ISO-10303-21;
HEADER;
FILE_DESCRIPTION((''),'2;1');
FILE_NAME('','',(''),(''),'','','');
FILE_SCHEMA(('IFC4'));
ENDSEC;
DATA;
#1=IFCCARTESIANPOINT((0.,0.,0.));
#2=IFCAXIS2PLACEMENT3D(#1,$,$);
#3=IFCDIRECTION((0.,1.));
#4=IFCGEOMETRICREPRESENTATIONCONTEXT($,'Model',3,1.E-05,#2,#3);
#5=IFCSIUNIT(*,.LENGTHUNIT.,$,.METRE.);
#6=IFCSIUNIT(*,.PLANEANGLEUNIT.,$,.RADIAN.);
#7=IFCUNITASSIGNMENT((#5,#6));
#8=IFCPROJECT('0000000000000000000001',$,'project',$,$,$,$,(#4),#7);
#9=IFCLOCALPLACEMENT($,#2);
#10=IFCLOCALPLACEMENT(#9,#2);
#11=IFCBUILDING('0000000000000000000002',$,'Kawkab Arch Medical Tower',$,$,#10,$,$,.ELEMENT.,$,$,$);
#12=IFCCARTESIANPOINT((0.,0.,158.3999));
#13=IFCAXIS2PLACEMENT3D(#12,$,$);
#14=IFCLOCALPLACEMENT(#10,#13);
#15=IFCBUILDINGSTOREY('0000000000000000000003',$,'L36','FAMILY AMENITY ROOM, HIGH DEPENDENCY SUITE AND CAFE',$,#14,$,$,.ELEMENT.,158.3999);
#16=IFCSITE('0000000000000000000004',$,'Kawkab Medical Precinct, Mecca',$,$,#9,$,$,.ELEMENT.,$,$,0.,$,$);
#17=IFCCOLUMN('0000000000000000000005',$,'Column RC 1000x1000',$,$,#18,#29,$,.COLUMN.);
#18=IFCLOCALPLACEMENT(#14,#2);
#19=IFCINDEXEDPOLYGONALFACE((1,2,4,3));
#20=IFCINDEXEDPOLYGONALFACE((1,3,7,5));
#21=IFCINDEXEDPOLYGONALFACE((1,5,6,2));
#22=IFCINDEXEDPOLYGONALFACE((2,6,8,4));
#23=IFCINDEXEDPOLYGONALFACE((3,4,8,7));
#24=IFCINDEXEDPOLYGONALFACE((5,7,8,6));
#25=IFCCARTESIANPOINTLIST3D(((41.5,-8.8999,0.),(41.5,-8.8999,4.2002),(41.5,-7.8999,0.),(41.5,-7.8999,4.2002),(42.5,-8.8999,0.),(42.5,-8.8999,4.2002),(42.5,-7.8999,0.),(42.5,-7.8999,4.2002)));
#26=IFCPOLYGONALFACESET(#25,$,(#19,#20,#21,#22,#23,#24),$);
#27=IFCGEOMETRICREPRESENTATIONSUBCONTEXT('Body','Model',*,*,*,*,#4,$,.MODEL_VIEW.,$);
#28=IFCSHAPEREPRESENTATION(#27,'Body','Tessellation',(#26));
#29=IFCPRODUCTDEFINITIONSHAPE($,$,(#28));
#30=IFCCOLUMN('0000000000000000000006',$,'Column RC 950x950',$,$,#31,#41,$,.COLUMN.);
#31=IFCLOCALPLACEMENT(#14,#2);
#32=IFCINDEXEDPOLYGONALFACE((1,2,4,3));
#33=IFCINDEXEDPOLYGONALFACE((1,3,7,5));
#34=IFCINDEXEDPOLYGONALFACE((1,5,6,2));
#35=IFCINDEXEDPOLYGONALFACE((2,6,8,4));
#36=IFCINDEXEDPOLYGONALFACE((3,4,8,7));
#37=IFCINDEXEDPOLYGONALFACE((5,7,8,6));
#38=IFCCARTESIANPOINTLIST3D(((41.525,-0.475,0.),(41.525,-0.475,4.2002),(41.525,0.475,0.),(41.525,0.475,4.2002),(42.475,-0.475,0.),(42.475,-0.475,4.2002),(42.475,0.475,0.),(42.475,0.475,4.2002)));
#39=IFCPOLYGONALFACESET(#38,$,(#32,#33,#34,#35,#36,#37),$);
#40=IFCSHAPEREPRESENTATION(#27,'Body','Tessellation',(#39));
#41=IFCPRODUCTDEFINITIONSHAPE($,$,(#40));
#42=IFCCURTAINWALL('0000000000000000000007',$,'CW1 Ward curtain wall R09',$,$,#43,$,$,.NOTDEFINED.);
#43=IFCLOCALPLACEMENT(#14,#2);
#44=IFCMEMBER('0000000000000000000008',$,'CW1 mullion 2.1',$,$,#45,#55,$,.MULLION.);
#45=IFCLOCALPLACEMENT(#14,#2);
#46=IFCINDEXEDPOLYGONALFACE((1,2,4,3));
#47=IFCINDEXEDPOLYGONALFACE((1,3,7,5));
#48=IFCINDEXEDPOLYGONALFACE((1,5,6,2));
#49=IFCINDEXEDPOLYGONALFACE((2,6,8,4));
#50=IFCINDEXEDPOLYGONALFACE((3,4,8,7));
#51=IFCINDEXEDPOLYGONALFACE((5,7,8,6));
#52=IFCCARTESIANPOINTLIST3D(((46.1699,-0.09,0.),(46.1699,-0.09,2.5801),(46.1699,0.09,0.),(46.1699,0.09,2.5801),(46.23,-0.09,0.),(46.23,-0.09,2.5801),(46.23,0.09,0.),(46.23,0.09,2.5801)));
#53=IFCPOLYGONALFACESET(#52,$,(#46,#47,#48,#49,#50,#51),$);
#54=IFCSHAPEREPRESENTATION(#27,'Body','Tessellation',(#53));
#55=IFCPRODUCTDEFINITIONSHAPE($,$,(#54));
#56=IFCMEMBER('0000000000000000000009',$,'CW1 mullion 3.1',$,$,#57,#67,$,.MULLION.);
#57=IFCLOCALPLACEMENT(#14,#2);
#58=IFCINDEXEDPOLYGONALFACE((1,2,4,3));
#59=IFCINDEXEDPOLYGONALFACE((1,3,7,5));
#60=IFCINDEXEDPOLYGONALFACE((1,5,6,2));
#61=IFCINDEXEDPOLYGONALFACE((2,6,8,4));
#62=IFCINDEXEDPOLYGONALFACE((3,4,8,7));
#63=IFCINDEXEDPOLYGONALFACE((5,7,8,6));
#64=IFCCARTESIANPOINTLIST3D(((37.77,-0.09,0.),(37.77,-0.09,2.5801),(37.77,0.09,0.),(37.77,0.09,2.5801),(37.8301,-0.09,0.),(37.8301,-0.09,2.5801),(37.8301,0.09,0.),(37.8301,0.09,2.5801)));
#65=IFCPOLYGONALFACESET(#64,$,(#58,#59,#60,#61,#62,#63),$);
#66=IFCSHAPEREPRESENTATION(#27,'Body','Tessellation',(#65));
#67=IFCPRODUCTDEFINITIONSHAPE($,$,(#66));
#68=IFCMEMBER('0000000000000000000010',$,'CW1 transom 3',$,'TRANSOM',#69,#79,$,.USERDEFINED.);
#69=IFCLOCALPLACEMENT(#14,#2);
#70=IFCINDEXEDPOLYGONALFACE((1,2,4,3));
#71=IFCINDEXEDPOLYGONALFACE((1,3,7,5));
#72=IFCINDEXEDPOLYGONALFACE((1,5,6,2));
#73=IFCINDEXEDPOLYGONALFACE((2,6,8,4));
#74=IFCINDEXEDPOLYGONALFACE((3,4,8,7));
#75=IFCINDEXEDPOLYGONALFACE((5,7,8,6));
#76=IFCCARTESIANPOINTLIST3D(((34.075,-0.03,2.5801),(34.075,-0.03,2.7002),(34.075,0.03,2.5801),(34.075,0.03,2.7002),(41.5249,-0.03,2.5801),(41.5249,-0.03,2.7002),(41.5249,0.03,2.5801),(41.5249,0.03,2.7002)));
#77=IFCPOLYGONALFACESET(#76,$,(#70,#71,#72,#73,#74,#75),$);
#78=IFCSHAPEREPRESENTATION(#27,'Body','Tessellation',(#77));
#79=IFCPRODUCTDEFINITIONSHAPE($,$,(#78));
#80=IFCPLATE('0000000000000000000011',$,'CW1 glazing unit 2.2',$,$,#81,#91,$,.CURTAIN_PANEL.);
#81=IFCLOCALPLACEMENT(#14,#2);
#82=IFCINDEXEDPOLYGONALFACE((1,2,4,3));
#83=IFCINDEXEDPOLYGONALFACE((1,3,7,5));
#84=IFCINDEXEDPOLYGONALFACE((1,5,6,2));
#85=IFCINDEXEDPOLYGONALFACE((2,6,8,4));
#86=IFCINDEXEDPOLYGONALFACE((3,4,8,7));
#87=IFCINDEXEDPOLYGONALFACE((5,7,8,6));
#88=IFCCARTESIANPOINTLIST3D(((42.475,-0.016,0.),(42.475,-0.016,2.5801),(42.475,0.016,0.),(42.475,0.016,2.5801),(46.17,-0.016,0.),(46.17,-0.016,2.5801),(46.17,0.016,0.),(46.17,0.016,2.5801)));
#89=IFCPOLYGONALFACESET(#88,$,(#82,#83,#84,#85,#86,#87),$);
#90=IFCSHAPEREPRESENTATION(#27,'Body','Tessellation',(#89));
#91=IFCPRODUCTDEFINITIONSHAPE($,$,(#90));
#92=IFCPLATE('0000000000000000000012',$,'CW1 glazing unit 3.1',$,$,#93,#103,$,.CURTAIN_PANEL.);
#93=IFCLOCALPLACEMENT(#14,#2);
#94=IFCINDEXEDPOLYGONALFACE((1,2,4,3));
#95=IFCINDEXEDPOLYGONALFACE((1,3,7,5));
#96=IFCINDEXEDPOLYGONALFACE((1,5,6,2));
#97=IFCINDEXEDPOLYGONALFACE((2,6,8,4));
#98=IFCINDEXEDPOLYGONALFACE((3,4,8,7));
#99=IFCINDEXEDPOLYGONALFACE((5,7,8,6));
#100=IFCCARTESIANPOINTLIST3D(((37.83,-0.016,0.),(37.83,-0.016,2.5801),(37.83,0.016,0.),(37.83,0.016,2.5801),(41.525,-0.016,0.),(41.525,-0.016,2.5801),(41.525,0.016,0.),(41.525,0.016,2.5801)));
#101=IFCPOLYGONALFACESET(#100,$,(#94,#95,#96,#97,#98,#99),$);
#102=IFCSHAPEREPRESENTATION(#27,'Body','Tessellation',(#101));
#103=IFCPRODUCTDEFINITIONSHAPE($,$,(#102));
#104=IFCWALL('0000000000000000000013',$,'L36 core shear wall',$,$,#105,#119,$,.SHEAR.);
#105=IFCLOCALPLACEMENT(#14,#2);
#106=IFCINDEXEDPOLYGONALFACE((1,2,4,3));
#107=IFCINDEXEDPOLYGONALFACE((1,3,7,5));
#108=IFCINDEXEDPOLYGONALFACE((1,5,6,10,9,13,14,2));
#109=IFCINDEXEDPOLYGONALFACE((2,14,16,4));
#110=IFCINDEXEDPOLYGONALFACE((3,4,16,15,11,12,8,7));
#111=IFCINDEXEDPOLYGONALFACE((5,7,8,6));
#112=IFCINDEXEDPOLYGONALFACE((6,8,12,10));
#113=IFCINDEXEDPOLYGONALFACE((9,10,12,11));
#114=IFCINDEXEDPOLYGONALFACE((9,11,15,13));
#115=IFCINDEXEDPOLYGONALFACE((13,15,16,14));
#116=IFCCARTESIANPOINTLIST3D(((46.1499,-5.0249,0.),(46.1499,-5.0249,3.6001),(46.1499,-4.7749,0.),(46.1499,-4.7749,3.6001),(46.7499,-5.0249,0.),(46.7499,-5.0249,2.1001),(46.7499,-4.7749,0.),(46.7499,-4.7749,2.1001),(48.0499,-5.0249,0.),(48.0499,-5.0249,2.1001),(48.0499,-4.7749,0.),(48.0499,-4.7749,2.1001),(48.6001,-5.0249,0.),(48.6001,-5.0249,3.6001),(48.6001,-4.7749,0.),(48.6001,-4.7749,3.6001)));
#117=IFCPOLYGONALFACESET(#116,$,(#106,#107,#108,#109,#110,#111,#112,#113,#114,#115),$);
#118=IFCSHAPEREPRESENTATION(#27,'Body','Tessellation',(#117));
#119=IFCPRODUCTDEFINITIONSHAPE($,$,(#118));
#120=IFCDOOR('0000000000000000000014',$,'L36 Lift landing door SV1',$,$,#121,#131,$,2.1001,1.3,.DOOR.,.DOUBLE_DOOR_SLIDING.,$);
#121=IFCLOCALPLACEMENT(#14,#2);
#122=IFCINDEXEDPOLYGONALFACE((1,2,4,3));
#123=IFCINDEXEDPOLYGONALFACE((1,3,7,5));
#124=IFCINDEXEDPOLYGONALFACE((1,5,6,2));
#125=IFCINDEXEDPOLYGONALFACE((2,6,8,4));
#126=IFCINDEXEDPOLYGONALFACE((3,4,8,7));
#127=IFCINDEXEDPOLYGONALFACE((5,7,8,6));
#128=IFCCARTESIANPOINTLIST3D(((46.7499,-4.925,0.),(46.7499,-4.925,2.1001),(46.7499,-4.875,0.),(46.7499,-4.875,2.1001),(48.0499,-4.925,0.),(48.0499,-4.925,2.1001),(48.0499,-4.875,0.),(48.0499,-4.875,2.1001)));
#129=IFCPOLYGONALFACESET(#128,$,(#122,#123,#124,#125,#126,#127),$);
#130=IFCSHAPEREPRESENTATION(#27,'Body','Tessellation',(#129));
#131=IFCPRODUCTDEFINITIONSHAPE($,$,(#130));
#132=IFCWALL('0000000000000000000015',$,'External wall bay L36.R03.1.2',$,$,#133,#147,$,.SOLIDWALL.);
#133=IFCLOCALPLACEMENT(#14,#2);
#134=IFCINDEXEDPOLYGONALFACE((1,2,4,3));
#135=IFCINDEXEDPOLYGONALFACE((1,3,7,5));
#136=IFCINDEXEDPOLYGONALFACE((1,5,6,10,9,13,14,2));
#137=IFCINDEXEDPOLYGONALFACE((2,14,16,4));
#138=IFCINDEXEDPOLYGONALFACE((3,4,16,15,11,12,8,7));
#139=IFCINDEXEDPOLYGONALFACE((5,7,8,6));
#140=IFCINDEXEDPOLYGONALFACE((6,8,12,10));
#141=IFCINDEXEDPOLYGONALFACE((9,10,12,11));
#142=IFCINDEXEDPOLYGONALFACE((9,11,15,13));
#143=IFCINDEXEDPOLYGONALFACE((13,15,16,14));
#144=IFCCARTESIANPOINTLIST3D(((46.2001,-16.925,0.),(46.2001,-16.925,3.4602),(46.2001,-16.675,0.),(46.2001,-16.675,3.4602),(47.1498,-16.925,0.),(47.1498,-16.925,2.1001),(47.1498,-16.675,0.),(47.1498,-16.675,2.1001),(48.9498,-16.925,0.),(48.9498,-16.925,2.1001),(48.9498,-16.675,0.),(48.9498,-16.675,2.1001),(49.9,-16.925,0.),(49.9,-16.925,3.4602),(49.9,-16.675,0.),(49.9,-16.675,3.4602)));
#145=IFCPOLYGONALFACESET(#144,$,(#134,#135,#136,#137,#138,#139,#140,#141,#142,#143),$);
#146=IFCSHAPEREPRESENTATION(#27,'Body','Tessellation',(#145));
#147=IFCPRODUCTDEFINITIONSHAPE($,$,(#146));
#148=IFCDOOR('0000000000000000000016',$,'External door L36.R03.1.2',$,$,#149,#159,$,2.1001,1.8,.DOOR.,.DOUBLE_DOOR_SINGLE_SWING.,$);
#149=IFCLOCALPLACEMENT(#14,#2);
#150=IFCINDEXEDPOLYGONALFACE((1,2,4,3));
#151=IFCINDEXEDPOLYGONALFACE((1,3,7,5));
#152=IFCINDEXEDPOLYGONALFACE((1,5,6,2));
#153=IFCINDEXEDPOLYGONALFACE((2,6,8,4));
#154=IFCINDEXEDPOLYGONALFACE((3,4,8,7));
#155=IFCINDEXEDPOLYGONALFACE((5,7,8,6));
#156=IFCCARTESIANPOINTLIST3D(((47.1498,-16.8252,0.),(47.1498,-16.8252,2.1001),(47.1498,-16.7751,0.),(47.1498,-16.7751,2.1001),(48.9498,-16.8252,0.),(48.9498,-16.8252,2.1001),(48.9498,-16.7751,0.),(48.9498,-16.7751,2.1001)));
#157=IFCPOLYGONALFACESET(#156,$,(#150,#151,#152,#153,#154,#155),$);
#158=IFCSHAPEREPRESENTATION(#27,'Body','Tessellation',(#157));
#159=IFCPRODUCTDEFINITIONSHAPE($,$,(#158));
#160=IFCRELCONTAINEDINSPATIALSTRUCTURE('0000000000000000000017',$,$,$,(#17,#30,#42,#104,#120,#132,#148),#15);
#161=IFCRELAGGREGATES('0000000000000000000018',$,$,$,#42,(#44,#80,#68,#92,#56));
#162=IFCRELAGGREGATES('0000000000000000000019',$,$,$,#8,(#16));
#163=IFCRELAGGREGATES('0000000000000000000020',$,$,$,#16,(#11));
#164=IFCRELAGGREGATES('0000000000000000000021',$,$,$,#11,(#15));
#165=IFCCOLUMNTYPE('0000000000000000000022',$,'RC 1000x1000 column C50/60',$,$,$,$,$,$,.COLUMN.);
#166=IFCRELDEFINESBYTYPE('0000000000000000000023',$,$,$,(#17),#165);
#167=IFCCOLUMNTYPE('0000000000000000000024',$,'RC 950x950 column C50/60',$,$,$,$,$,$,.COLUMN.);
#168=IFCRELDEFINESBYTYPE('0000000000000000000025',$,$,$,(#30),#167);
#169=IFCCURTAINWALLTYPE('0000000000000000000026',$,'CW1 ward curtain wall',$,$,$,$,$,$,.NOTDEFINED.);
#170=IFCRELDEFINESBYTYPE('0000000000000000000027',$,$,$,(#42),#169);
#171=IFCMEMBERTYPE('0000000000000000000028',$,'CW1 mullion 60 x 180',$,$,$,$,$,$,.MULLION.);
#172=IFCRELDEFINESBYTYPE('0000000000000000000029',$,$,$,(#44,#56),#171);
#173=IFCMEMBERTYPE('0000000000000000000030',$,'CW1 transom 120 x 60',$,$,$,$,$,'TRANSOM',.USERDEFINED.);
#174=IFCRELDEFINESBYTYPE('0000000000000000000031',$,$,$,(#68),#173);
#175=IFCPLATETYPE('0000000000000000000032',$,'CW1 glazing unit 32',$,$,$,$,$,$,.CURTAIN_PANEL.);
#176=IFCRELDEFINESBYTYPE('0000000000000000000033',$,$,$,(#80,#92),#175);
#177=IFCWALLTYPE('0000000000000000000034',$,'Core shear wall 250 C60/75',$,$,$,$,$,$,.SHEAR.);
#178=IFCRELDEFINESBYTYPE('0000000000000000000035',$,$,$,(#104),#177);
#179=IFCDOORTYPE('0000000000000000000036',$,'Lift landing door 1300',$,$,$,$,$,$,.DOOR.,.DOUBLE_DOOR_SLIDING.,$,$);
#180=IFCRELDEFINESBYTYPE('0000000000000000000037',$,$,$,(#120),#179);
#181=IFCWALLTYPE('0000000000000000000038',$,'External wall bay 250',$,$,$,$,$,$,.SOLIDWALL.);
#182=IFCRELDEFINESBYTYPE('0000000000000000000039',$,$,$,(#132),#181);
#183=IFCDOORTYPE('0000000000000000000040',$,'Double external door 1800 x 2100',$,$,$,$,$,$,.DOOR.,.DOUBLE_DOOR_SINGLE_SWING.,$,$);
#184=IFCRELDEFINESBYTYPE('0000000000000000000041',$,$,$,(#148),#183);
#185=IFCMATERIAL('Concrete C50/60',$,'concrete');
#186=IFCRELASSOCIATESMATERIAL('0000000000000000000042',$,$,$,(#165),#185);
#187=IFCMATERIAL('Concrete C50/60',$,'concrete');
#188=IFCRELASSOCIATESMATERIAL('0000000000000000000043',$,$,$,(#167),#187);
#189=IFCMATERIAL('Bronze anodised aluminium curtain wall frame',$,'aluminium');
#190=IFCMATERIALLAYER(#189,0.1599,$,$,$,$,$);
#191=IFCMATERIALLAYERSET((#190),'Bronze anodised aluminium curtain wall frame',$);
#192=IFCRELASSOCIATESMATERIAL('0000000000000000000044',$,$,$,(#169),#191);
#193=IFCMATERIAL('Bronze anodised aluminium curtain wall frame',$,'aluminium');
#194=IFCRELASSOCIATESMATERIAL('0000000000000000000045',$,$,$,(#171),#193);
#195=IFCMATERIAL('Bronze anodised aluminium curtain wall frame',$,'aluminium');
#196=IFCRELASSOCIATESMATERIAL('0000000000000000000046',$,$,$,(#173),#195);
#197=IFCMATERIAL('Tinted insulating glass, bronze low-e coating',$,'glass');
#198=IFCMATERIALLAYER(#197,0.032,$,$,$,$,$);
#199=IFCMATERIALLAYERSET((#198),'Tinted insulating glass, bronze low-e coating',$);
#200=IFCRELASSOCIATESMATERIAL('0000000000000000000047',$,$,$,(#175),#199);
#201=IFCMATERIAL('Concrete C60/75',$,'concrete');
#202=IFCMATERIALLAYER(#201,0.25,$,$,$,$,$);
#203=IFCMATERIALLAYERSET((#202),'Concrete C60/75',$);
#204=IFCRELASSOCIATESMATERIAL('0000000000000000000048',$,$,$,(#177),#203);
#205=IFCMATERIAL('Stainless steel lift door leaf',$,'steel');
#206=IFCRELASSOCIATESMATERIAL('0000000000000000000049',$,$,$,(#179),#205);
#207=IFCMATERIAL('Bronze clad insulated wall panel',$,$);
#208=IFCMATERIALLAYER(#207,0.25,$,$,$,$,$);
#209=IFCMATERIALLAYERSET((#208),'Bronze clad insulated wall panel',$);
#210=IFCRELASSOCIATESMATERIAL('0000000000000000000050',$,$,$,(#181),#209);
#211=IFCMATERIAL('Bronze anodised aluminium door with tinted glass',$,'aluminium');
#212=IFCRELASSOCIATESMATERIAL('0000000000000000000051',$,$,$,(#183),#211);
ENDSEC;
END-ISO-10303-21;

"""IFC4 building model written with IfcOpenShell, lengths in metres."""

from ifc_helpers import new_model, si_unit, direction, frame, frame_2d, origin, origin_2d, place, context, subcontext, project, spatial, rectangle, extrude, material, layer, layer_set, material_profile, profile_set, type_object, element, fill, aggregate, save


model = new_model("IFC4")

# Units and contexts
model_context = context("Model", 3, precision=1e-05, world=origin(), true_north=direction((0.0, 1.0)))
body_context = subcontext(model_context, "Body", "Model", "MODEL_VIEW")
ifc_project = project(units=[si_unit("LENGTHUNIT", "METRE"), si_unit("PLANEANGLEUNIT", "RADIAN")], contexts=[model_context])

# Site, building, storey
site_placement = place(None, origin())
site = spatial("IfcSite", under=ifc_project, at=site_placement, Name="Kawkab Medical Precinct, Mecca", CompositionType="ELEMENT", RefElevation=0.0)
building_placement = place(site_placement, origin())
building = spatial("IfcBuilding", under=site, at=building_placement, Name="Kawkab Arch Medical Tower", CompositionType="ELEMENT")
storey_placement = place(building_placement, frame((0.0, 0.0, 158.3999)))
storey = spatial("IfcBuildingStorey", under=building, at=storey_placement, Name="L36", Description="FAMILY AMENITY ROOM, HIGH DEPENDENCY SUITE AND CAFE", CompositionType="ELEMENT", Elevation=158.3999)

# Columns
ifc_material_1 = material(Name="Concrete C50/60", Category="concrete")
ifc_material_profile_1 = material_profile(ifc_material_1, rectangle(XDim=1.0, YDim=1.0, at=origin_2d()), Name="RC 1000x1000")
ifc_profile_set_1 = profile_set([ifc_material_profile_1], Name="Concrete C50/60")
column_type_1 = type_object("IfcColumnType", Name="RC 1000x1000 column C50/60", PredefinedType="COLUMN", material=ifc_profile_set_1)
column_1_placement = place(storey_placement, frame((42.0, -8.3999, 0.0), z_axis=(0.0, 0.0, 1.0), x_axis=(1.0, 0.0, 0.0)))
element("IfcColumn", 1, at=column_1_placement, inside=storey, type_object=column_type_1, Name="Column RC 1000x1000", PredefinedType="COLUMN", context=body_context, shape_type="SweptSolid", body=[
    extrude(rectangle(XDim=1.0, YDim=1.0, at=origin_2d()), origin(), (0.0, 0.0, 1.0), 4.2002),
])
ifc_material_2 = material(Name="Concrete C50/60", Category="concrete")
ifc_material_profile_2 = material_profile(ifc_material_2, rectangle(XDim=0.95, YDim=0.95, at=origin_2d()), Name="RC 950x950")
ifc_profile_set_2 = profile_set([ifc_material_profile_2], Name="Concrete C50/60")
column_type_2 = type_object("IfcColumnType", Name="RC 950x950 column C50/60", PredefinedType="COLUMN", material=ifc_profile_set_2)
column_2_placement = place(storey_placement, frame((42.0, 0.0, 0.0), z_axis=(0.0, 0.0, 1.0), x_axis=(1.0, 0.0, 0.0)))
element("IfcColumn", 2, at=column_2_placement, inside=storey, type_object=column_type_2, Name="Column RC 950x950", PredefinedType="COLUMN", context=body_context, shape_type="SweptSolid", body=[
    extrude(rectangle(XDim=0.95, YDim=0.95, at=origin_2d()), origin(), (0.0, 0.0, 1.0), 4.2002),
])

# Curtain wall, members, plates
ifc_material_3 = material(Name="Bronze anodised aluminium curtain wall frame", Category="aluminium")
ifc_layer_1 = layer(ifc_material_3, 0.1599)
ifc_layer_set_1 = layer_set([ifc_layer_1], Name="Bronze anodised aluminium curtain wall frame")
curtain_wall_type = type_object("IfcCurtainWallType", Name="CW1 ward curtain wall", PredefinedType="NOTDEFINED", material=ifc_layer_set_1)
placement = place(storey_placement, origin())
curtain_wall = element("IfcCurtainWall", 3, at=placement, inside=storey, type_object=curtain_wall_type, Name="CW1 Ward curtain wall R09", PredefinedType="NOTDEFINED")
ifc_material_4 = material(Name="Bronze anodised aluminium curtain wall frame", Category="aluminium")
ifc_material_profile_3 = material_profile(ifc_material_4, rectangle(XDim=0.1799, YDim=0.0601, at=origin_2d()), Name="AL 60x180")
ifc_profile_set_3 = profile_set([ifc_material_profile_3], Name="Bronze anodised aluminium curtain wall frame")
member_type_1 = type_object("IfcMemberType", Name="CW1 mullion 60 x 180", PredefinedType="MULLION", material=ifc_profile_set_3)
member_1_placement = place(storey_placement, frame((46.2, 0.0, 0.0), z_axis=(0.0, 0.0, 1.0), x_axis=(0.0, -1.0, 0.0)))
member_1 = element("IfcMember", 4, at=member_1_placement, type_object=member_type_1, Name="CW1 mullion 2.1", PredefinedType="MULLION", context=body_context, shape_type="SweptSolid", body=[
    extrude(rectangle(XDim=0.1799, YDim=0.0601, at=origin_2d()), origin(), (0.0, 0.0, 1.0), 2.5801),
])
member_2_placement = place(storey_placement, frame((37.8, 0.0, 0.0), z_axis=(0.0, 0.0, 1.0), x_axis=(0.0, -1.0, 0.0)))
member_2 = element("IfcMember", 5, at=member_2_placement, type_object=member_type_1, Name="CW1 mullion 3.1", PredefinedType="MULLION", context=body_context, shape_type="SweptSolid", body=[
    extrude(rectangle(XDim=0.1799, YDim=0.0601, at=origin_2d()), origin(), (0.0, 0.0, 1.0), 2.5801),
])
ifc_material_5 = material(Name="Bronze anodised aluminium curtain wall frame", Category="aluminium")
ifc_material_profile_4 = material_profile(ifc_material_5, rectangle(XDim=0.0601, YDim=0.1201, at=origin_2d()), Name="AL 60x120")
ifc_profile_set_4 = profile_set([ifc_material_profile_4], Name="Bronze anodised aluminium curtain wall frame")
member_type_2 = type_object("IfcMemberType", Name="CW1 transom 120 x 60", ElementType="TRANSOM", PredefinedType="USERDEFINED", material=ifc_profile_set_4)
member_3_placement = place(storey_placement, frame((41.5249, 0.0, 2.6401), z_axis=(-1.0, 0.0, 0.0), x_axis=(0.0, -1.0, 0.0)))
member_3 = element("IfcMember", 6, at=member_3_placement, type_object=member_type_2, Name="CW1 transom 3", ObjectType="TRANSOM", PredefinedType="USERDEFINED", context=body_context, shape_type="SweptSolid", body=[
    extrude(rectangle(XDim=0.0601, YDim=0.1201, at=origin_2d()), origin(), (0.0, 0.0, 1.0), 7.45),
])
ifc_material_6 = material(Name="Tinted insulating glass, bronze low-e coating", Category="glass")
ifc_layer_2 = layer(ifc_material_6, 0.032)
ifc_layer_set_2 = layer_set([ifc_layer_2], Name="Tinted insulating glass, bronze low-e coating")
plate_type = type_object("IfcPlateType", Name="CW1 glazing unit 32", PredefinedType="CURTAIN_PANEL", material=ifc_layer_set_2)
plate_1_placement = place(storey_placement, frame((44.3225, 0.0, 0.0), z_axis=(0.0, 0.0, 1.0), x_axis=(-1.0, 0.0, 0.0)))
plate_1 = element("IfcPlate", 7, at=plate_1_placement, type_object=plate_type, Name="CW1 glazing unit 2.2", PredefinedType="CURTAIN_PANEL", context=body_context, shape_type="SweptSolid", body=[
    extrude(rectangle(XDim=3.6951, YDim=0.032, at=origin_2d()), origin(), (0.0, 0.0, 1.0), 2.5801),
])
plate_2_placement = place(storey_placement, frame((39.6775, 0.0, 0.0), z_axis=(0.0, 0.0, 1.0), x_axis=(-1.0, 0.0, 0.0)))
plate_2 = element("IfcPlate", 8, at=plate_2_placement, type_object=plate_type, Name="CW1 glazing unit 3.1", PredefinedType="CURTAIN_PANEL", context=body_context, shape_type="SweptSolid", body=[
    extrude(rectangle(XDim=3.6951, YDim=0.032, at=origin_2d()), origin(), (0.0, 0.0, 1.0), 2.5801),
])
aggregate(curtain_wall, [member_1, plate_1, member_3, plate_2, member_2])

# Walls, openings, doors
ifc_material_7 = material(Name="Concrete C60/75", Category="concrete")
ifc_layer_3 = layer(ifc_material_7, 0.25)
ifc_layer_set_3 = layer_set([ifc_layer_3], Name="Concrete C60/75")
wall_type_1 = type_object("IfcWallType", Name="Core shear wall 250 C60/75", PredefinedType="SHEAR", material=ifc_layer_set_3)
wall_1_placement = place(storey_placement, frame((46.1499, -4.8999, 0.0), z_axis=(0.0, 0.0, 1.0), x_axis=(1.0, 0.0, 0.0)))
wall_1 = element("IfcWall", 9, at=wall_1_placement, inside=storey, type_object=wall_type_1, Name="L36 core shear wall", PredefinedType="SHEAR", context=body_context, shape_type="SweptSolid", body=[
    extrude(rectangle(XDim=2.4502, YDim=0.25, at=frame_2d((1.2251, 0.0))), origin(), (0.0, 0.0, 1.0), 3.6001),
])
opening_1_placement = place(wall_1_placement, frame((0.6001, 0.0, 0.0)))
opening_1 = element("IfcOpeningElement", 10, at=opening_1_placement, cuts=wall_1, PredefinedType="OPENING", context=body_context, shape_type="SweptSolid", body=[
    extrude(rectangle(XDim=1.3, YDim=2.1001, at=frame_2d((0.6499, 1.05))), frame((0.0, 0.135, 0.0), z_axis=(0.0, -1.0, 0.0), x_axis=(1.0, 0.0, 0.0)), (0.0, 0.0, 1.0), 0.27),
])
ifc_material_8 = material(Name="Stainless steel lift door leaf", Category="steel")
door_type_1 = type_object("IfcDoorType", Name="Lift landing door 1300", OperationType="DOUBLE_DOOR_SLIDING", PredefinedType="DOOR", material=ifc_material_8)
door_1_placement = place(opening_1_placement, origin())
door_1 = element("IfcDoor", 11, at=door_1_placement, inside=storey, type_object=door_type_1, Name="L36 Lift landing door SV1", OperationType="DOUBLE_DOOR_SLIDING", OverallHeight=2.1001, OverallWidth=1.3, PredefinedType="DOOR", context=body_context, shape_type="SweptSolid", body=[
    extrude(rectangle(XDim=1.3, YDim=2.1001, at=frame_2d((0.6499, 1.05))), frame((0.0, 0.0249, 0.0), z_axis=(0.0, -1.0, 0.0), x_axis=(1.0, 0.0, 0.0)), (0.0, 0.0, 1.0), 0.05),
])
fill(opening_1, door_1)
ifc_material_9 = material(Name="Bronze clad insulated wall panel")
ifc_layer_4 = layer(ifc_material_9, 0.25)
ifc_layer_set_4 = layer_set([ifc_layer_4], Name="Bronze clad insulated wall panel")
wall_type_2 = type_object("IfcWallType", Name="External wall bay 250", PredefinedType="SOLIDWALL", material=ifc_layer_set_4)
wall_2_placement = place(storey_placement, frame((46.2, -16.8, 0.0), z_axis=(0.0, 0.0, 1.0), x_axis=(1.0, 0.0, 0.0)))
wall_2 = element("IfcWall", 12, at=wall_2_placement, inside=storey, type_object=wall_type_2, Name="External wall bay L36.R03.1.2", PredefinedType="SOLIDWALL", context=body_context, shape_type="SweptSolid", body=[
    extrude(rectangle(XDim=3.7, YDim=0.25, at=frame_2d((1.8501, 0.0))), origin(), (0.0, 0.0, 1.0), 3.4602),
])
opening_2_placement = place(wall_2_placement, frame((0.95, 0.0, 0.0)))
opening_2 = element("IfcOpeningElement", 13, at=opening_2_placement, cuts=wall_2, PredefinedType="OPENING", context=body_context, shape_type="SweptSolid", body=[
    extrude(rectangle(XDim=1.8, YDim=2.1001, at=frame_2d((0.8999, 1.05))), frame((0.0, 0.135, 0.0), z_axis=(0.0, -1.0, 0.0), x_axis=(1.0, 0.0, 0.0)), (0.0, 0.0, 1.0), 0.27),
])
ifc_material_10 = material(Name="Bronze anodised aluminium door with tinted glass", Category="aluminium")
door_type_2 = type_object("IfcDoorType", Name="Double external door 1800 x 2100", OperationType="DOUBLE_DOOR_SINGLE_SWING", PredefinedType="DOOR", material=ifc_material_10)
door_2_placement = place(opening_2_placement, origin())
door_2 = element("IfcDoor", 14, at=door_2_placement, inside=storey, type_object=door_type_2, Name="External door L36.R03.1.2", OperationType="DOUBLE_DOOR_SINGLE_SWING", OverallHeight=2.1001, OverallWidth=1.8, PredefinedType="DOOR", context=body_context, shape_type="SweptSolid", body=[
    extrude(rectangle(XDim=1.8, YDim=2.1001, at=frame_2d((0.8999, 1.05))), frame((0.0, 0.0249, 0.0), z_axis=(0.0, -1.0, 0.0), x_axis=(1.0, 0.0, 0.0)), (0.0, 0.0, 1.0), 0.05),
])
fill(opening_2, door_2)

save(model, "model.ifc")
